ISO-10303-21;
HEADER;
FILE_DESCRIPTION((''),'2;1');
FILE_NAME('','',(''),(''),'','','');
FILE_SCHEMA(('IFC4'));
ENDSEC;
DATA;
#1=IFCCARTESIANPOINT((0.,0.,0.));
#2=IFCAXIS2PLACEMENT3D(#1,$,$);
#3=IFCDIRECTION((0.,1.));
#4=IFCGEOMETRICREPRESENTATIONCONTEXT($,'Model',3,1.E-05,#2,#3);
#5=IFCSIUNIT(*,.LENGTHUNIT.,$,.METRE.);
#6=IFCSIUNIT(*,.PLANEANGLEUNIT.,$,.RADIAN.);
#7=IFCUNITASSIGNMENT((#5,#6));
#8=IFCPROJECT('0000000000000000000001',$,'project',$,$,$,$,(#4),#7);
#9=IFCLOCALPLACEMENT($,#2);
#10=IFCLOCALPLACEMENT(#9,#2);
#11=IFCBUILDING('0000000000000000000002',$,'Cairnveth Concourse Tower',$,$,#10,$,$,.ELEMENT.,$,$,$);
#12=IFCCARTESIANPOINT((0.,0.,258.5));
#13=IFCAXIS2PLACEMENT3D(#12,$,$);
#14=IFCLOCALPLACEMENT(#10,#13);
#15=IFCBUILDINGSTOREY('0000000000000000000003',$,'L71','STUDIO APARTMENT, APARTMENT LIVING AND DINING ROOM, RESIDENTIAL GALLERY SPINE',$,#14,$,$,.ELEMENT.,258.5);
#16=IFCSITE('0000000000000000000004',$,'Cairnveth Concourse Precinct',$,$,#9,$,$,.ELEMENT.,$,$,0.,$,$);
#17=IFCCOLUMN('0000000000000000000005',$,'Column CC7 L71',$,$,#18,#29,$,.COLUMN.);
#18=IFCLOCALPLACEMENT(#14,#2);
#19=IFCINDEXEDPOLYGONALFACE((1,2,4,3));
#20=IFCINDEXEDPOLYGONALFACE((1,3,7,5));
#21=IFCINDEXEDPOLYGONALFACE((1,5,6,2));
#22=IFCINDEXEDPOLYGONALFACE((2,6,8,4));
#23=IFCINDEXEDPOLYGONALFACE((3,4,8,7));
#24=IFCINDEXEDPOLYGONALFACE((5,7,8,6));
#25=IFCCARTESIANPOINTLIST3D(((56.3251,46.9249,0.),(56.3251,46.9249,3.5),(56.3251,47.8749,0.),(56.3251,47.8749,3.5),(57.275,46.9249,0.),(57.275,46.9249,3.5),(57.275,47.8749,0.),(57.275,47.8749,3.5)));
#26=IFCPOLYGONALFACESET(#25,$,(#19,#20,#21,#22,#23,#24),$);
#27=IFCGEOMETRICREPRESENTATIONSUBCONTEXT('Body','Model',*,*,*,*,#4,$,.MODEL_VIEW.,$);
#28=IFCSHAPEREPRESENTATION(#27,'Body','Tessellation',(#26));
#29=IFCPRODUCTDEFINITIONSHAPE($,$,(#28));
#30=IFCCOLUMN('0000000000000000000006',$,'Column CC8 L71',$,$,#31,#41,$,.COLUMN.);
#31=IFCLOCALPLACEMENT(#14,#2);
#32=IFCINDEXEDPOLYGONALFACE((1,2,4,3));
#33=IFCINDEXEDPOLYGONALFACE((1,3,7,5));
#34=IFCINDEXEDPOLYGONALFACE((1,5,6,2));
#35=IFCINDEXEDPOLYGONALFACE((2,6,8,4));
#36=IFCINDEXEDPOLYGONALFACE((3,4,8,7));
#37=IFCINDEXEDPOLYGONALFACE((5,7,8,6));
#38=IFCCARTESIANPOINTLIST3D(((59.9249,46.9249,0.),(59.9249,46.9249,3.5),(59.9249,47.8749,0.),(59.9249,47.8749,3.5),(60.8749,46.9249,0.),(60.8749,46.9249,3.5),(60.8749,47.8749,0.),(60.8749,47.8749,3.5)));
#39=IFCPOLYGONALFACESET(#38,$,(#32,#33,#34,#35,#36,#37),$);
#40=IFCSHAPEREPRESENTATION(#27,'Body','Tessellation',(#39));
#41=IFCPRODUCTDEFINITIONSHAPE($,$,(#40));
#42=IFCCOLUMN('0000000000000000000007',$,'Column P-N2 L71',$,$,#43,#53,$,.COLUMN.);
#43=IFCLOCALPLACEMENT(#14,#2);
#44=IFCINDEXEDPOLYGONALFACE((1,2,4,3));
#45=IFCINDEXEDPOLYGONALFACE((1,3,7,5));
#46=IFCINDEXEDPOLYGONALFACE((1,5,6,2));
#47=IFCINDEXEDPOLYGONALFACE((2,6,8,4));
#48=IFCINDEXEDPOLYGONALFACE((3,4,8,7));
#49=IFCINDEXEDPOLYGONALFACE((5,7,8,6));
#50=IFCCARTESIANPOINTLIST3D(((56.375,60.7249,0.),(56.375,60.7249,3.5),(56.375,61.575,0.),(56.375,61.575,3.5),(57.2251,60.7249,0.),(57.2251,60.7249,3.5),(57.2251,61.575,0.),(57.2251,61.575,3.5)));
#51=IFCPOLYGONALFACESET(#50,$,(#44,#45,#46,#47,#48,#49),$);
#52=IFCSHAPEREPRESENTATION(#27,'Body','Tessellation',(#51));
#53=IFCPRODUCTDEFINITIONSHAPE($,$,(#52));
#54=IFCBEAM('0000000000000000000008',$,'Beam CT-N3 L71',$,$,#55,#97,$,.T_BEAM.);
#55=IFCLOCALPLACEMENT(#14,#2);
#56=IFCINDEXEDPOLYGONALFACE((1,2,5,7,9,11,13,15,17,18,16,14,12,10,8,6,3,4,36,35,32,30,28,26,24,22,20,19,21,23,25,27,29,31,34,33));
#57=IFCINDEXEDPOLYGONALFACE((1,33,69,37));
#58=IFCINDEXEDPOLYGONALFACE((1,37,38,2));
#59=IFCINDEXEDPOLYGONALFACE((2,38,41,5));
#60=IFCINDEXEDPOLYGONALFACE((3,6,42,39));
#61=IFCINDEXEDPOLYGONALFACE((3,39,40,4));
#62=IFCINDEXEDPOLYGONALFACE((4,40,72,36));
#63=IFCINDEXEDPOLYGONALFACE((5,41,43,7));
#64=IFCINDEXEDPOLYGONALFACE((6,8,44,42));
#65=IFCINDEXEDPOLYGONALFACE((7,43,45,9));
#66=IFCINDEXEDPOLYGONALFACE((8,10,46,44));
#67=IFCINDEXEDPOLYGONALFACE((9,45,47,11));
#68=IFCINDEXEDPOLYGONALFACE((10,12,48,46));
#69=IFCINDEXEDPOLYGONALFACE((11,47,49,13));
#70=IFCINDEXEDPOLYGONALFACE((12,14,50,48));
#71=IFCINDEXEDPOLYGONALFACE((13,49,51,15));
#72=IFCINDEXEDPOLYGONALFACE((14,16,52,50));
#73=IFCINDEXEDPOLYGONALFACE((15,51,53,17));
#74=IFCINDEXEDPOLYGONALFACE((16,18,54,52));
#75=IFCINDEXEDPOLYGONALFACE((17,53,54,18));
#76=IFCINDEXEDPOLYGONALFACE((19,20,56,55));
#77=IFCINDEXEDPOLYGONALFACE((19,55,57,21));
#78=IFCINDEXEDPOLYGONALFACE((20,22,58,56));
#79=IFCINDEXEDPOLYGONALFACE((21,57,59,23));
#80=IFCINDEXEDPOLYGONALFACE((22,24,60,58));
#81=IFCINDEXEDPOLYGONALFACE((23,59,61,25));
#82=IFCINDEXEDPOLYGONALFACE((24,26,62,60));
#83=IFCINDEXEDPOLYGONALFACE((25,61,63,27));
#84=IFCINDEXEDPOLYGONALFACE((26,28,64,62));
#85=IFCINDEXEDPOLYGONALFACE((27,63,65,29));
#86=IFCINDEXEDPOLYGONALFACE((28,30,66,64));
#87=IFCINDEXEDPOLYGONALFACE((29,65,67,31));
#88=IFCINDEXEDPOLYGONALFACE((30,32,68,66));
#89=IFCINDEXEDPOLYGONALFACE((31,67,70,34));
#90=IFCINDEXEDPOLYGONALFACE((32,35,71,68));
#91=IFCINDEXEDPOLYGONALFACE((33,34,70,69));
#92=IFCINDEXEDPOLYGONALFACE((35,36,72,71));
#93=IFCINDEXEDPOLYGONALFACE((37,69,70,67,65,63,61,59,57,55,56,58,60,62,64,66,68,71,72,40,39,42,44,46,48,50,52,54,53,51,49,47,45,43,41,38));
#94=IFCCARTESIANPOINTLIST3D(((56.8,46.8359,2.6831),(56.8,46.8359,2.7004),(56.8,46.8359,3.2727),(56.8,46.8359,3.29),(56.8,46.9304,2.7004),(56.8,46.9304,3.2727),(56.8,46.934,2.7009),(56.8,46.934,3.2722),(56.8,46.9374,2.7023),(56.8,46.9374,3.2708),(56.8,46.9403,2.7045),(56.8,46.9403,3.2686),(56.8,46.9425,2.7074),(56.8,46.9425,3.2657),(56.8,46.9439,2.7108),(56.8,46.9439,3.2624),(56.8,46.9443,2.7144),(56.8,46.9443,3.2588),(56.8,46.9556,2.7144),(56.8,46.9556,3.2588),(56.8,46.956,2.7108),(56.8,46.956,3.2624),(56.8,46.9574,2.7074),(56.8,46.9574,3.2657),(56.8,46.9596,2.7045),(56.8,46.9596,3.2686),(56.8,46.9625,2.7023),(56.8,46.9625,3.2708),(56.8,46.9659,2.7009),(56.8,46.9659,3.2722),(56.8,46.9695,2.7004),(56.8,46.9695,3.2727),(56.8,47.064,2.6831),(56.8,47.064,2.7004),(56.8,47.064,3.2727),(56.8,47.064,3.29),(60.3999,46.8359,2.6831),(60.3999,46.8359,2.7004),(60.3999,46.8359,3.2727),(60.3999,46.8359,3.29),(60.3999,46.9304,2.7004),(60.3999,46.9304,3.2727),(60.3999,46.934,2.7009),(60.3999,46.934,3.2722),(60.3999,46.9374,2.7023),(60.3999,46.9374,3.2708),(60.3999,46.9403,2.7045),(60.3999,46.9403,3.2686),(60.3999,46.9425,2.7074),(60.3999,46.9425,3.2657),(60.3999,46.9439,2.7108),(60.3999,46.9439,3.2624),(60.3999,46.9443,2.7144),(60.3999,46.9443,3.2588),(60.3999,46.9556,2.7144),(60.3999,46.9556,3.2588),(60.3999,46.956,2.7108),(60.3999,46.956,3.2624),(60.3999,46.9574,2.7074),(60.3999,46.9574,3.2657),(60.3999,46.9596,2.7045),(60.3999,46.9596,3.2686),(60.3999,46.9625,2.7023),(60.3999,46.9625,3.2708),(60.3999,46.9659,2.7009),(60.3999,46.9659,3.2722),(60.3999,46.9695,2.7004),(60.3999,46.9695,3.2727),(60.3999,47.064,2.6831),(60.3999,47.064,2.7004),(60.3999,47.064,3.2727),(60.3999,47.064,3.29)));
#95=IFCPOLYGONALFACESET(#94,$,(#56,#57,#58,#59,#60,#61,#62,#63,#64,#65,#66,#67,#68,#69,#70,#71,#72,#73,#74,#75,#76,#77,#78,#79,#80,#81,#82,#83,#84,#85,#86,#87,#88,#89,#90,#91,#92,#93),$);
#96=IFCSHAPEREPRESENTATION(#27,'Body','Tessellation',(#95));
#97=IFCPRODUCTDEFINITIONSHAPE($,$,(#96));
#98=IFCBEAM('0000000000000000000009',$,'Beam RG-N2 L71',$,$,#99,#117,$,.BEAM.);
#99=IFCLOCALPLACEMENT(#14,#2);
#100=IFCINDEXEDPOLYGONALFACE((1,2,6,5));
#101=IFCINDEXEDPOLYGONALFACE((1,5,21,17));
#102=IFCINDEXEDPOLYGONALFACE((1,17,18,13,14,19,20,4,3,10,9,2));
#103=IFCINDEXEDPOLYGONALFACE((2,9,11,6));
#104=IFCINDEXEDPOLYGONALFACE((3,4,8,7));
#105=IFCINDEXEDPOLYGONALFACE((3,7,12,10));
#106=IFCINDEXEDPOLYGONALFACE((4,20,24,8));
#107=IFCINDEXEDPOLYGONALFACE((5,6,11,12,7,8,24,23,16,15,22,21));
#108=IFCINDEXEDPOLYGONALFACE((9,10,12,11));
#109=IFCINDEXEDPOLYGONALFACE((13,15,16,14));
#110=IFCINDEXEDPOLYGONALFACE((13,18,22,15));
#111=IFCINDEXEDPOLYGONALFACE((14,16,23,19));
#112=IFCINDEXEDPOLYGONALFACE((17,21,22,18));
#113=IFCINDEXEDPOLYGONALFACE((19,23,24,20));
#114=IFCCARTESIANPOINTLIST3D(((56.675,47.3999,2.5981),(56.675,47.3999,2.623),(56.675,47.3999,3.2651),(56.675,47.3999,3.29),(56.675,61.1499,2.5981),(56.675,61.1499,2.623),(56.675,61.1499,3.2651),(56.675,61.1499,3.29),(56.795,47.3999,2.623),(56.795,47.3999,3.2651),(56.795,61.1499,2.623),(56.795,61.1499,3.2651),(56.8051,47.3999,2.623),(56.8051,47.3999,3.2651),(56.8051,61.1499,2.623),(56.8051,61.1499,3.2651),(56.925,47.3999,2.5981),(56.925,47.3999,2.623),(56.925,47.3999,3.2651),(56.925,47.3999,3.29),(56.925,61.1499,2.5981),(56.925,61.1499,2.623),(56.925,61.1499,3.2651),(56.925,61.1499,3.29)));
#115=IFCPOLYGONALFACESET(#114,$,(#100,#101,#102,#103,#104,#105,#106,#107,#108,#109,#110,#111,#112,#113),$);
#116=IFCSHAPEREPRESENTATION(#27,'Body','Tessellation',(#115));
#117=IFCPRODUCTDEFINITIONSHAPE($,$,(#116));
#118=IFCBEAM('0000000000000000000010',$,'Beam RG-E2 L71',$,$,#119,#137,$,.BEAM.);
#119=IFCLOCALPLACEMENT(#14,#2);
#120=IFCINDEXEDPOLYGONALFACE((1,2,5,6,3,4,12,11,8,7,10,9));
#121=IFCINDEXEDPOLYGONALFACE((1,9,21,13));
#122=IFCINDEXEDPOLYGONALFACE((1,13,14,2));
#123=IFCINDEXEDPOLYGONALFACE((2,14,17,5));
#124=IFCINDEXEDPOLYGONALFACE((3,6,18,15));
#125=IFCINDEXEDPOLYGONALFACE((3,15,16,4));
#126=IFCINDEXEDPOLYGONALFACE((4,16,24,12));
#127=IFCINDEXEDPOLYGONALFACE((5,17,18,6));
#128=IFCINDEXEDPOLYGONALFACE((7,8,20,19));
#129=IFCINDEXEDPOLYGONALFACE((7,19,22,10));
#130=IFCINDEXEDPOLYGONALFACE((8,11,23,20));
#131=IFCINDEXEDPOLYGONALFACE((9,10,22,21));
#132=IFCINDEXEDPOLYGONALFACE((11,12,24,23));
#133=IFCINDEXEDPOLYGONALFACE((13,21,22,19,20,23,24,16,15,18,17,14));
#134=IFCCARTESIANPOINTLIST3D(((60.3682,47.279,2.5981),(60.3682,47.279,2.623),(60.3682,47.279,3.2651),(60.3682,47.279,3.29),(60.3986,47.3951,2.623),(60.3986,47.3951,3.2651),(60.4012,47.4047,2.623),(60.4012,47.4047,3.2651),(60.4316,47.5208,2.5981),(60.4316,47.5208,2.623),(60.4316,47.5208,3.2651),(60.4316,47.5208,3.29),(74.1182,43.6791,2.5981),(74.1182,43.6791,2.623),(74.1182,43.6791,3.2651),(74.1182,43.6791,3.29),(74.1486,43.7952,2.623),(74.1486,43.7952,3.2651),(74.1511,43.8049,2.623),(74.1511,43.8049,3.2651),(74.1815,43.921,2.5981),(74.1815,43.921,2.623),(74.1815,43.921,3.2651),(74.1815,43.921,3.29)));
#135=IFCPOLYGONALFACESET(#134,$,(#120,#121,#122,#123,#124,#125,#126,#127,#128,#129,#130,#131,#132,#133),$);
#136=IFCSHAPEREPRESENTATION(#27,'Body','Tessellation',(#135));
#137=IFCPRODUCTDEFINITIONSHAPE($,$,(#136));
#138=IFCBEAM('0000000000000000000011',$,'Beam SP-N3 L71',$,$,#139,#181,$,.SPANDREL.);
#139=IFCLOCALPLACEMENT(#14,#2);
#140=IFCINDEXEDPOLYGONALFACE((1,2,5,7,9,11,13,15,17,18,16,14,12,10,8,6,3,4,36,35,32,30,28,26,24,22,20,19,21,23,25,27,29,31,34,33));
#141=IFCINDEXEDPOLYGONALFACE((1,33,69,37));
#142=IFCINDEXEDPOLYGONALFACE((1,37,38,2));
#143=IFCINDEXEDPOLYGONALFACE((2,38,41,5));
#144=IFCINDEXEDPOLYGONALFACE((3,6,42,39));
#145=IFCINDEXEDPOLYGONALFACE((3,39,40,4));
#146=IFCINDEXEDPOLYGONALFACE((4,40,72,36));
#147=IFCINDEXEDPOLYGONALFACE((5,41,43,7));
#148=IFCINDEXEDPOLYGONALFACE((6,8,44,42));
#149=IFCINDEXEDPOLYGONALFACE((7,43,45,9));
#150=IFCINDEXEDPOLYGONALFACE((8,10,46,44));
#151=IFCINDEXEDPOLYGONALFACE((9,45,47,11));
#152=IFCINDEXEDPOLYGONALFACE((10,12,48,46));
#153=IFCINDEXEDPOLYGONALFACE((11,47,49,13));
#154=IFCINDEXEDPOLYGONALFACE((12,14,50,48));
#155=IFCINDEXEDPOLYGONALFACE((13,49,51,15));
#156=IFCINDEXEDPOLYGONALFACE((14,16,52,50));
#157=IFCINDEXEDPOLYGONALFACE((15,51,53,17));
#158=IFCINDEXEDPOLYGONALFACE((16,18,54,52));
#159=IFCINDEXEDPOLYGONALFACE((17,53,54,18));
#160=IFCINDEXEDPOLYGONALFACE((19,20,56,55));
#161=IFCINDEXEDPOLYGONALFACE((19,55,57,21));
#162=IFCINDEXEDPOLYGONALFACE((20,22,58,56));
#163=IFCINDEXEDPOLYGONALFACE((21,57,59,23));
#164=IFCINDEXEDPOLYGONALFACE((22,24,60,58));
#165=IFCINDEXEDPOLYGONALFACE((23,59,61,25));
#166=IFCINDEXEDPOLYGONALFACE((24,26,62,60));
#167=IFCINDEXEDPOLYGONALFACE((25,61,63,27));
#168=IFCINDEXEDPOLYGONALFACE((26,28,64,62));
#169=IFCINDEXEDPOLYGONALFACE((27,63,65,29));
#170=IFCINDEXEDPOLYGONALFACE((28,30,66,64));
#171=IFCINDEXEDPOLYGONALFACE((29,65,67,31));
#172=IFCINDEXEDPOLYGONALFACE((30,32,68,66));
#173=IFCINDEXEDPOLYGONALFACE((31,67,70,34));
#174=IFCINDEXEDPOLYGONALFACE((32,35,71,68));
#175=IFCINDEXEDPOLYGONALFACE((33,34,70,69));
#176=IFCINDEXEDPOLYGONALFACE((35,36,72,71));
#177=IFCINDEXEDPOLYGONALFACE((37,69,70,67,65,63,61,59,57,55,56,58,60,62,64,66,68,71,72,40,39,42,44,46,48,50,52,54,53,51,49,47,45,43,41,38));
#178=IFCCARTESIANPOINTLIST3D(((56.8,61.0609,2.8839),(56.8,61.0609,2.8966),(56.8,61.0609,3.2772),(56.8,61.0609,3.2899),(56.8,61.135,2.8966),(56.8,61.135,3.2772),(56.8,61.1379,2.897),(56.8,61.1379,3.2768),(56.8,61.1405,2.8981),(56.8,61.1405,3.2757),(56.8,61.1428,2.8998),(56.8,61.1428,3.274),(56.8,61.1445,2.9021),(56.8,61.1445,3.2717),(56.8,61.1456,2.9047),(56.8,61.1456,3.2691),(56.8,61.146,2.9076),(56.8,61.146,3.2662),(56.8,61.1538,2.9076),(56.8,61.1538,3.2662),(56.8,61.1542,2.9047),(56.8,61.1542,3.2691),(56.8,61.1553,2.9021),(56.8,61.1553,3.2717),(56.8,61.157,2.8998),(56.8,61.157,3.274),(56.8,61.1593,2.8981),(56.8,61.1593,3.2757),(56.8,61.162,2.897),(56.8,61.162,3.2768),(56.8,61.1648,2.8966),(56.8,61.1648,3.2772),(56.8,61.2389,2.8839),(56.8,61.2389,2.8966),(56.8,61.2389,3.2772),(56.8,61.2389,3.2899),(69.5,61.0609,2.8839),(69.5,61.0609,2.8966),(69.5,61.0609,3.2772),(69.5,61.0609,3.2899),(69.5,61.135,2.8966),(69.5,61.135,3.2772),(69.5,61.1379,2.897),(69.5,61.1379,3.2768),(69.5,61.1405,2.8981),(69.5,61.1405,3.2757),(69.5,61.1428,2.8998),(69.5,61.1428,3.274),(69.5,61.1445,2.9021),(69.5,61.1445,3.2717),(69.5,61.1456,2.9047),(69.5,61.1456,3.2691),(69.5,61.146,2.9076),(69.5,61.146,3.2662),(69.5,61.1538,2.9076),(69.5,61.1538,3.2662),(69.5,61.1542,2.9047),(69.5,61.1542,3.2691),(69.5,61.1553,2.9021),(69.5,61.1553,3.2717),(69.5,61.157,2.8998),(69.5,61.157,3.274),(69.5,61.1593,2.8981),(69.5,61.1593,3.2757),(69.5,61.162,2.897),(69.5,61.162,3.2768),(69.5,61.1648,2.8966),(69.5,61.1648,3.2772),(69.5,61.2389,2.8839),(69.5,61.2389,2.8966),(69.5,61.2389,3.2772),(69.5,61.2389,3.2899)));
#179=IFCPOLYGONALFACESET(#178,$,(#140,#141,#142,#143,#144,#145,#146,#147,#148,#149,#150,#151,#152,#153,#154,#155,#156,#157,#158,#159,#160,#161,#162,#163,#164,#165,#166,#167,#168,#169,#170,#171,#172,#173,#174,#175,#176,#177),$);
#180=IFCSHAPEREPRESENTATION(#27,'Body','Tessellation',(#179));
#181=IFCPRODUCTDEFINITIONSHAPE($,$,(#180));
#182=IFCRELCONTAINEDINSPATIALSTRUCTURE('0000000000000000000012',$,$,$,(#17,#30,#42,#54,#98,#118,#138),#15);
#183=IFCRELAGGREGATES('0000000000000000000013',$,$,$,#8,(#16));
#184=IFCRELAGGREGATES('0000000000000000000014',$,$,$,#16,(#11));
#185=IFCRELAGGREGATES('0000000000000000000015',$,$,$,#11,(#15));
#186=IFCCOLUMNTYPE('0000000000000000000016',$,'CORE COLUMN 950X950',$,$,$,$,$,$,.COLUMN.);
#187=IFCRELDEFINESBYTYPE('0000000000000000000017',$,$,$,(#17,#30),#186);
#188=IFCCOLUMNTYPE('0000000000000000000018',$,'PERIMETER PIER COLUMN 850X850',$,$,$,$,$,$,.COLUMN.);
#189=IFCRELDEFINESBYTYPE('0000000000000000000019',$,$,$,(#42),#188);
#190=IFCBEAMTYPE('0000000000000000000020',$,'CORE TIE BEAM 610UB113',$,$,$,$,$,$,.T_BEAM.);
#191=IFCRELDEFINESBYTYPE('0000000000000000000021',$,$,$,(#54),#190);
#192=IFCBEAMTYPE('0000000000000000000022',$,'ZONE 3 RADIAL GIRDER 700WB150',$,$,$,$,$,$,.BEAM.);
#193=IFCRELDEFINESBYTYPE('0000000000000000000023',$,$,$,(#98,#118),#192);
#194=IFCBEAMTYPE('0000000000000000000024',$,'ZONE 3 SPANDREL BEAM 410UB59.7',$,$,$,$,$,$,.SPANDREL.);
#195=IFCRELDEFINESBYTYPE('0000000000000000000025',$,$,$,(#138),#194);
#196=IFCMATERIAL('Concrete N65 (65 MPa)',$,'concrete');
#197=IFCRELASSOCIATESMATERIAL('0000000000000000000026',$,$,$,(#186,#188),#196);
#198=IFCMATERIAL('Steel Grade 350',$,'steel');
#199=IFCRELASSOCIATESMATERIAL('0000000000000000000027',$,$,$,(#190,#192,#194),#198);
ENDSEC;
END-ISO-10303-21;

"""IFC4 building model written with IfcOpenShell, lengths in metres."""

from ifc_helpers import new_model, si_unit, direction, frame, origin, origin_2d, place, context, subcontext, project, spatial, rectangle, i_section, extrude, material, material_profile, profile_set, type_object, element, save


model = new_model("IFC4")

# Units and contexts
model_context = context("Model", 3, precision=1e-05, world=origin(), true_north=direction((0.0, 1.0)))
body_context = subcontext(model_context, "Body", "Model", "MODEL_VIEW")
ifc_project = project(units=[si_unit("LENGTHUNIT", "METRE"), si_unit("PLANEANGLEUNIT", "RADIAN")], contexts=[model_context])

# Site, building, storey
site_placement = place(None, origin())
site = spatial("IfcSite", under=ifc_project, at=site_placement, Name="Cairnveth Concourse Precinct", CompositionType="ELEMENT", RefElevation=0.0)
building_placement = place(site_placement, origin())
building = spatial("IfcBuilding", under=site, at=building_placement, Name="Cairnveth Concourse Tower", CompositionType="ELEMENT")
storey_placement = place(building_placement, frame((0.0, 0.0, 258.5)))
storey = spatial("IfcBuildingStorey", under=building, at=storey_placement, Name="L71", Description="STUDIO APARTMENT, APARTMENT LIVING AND DINING ROOM, RESIDENTIAL GALLERY SPINE", CompositionType="ELEMENT", Elevation=258.5)

# Columns
ifc_material_1 = material(Name="Concrete N65 (65 MPa)", Category="concrete")
ifc_material_profile_1 = material_profile(ifc_material_1, rectangle(XDim=0.95, YDim=0.95, at=origin_2d()), Name="RC-COL-950x950")
ifc_profile_set_1 = profile_set([ifc_material_profile_1], Name="Concrete N65 (65 MPa)")
column_type_1 = type_object("IfcColumnType", Name="CORE COLUMN 950X950", PredefinedType="COLUMN", material=ifc_profile_set_1)
for number, where, z_axis, x_axis, name in (
    (1, (56.8, 47.3999, 0.0), (0.0, 0.0, 1.0), (1.0, 0.0, 0.0), "Column CC7 L71"),
    (2, (60.3999, 47.3999, 0.0), (0.0, 0.0, 1.0), (1.0, 0.0, 0.0), "Column CC8 L71"),
):
    element("IfcColumn", number, at=place(storey_placement, frame(where, z_axis=z_axis, x_axis=x_axis)), inside=storey, type_object=column_type_1, Name=name, PredefinedType="COLUMN", context=body_context, shape_type="SweptSolid", body=[
        extrude(rectangle(XDim=0.95, YDim=0.95, at=origin_2d()), origin(), (0.0, 0.0, 1.0), 3.5),
    ])
ifc_material_profile_2 = material_profile(ifc_material_1, rectangle(XDim=0.8501, YDim=0.8501, at=origin_2d()), Name="RC-COL-850x850")
ifc_profile_set_2 = profile_set([ifc_material_profile_2], Name="Concrete N65 (65 MPa)")
column_type_2 = type_object("IfcColumnType", Name="PERIMETER PIER COLUMN 850X850", PredefinedType="COLUMN", material=ifc_profile_set_2)
column_placement = place(storey_placement, frame((56.8, 61.1499, 0.0), z_axis=(0.0, 0.0, 1.0), x_axis=(1.0, 0.0, 0.0)))
element("IfcColumn", 3, at=column_placement, inside=storey, type_object=column_type_2, Name="Column P-N2 L71", PredefinedType="COLUMN", context=body_context, shape_type="SweptSolid", body=[
    extrude(rectangle(XDim=0.8501, YDim=0.8501, at=origin_2d()), origin(), (0.0, 0.0, 1.0), 3.5),
])

# Beams
ifc_material_2 = material(Name="Steel Grade 350", Category="steel")
ifc_material_profile_3 = material_profile(ifc_material_2, i_section(OverallWidth=0.228, OverallDepth=0.6069, WebThickness=0.0112, FlangeThickness=0.0173, FilletRadius=0.0139, at=origin_2d()), Name="610UB113")
ifc_profile_set_3 = profile_set([ifc_material_profile_3], Name="Steel Grade 350")
beam_type_1 = type_object("IfcBeamType", Name="CORE TIE BEAM 610UB113", PredefinedType="T_BEAM", material=ifc_profile_set_3)
beam_1_placement = place(storey_placement, frame((56.8, 46.95, 2.9866), z_axis=(1.0, 0.0, 0.0), x_axis=(0.0, 1.0, 0.0)))
element("IfcBeam", 4, at=beam_1_placement, inside=storey, type_object=beam_type_1, Name="Beam CT-N3 L71", PredefinedType="T_BEAM", context=body_context, shape_type="SweptSolid", body=[
    extrude(i_section(OverallWidth=0.228, OverallDepth=0.6069, WebThickness=0.0112, FlangeThickness=0.0173, FilletRadius=0.0139, at=origin_2d()), origin(), (0.0, 0.0, 1.0), 3.5999),
])
ifc_material_profile_4 = material_profile(ifc_material_2, i_section(OverallWidth=0.25, OverallDepth=0.6919, WebThickness=0.01, FlangeThickness=0.0249, at=origin_2d()), Name="700WB150")
ifc_profile_set_4 = profile_set([ifc_material_profile_4], Name="Steel Grade 350")
beam_type_2 = type_object("IfcBeamType", Name="ZONE 3 RADIAL GIRDER 700WB150", PredefinedType="BEAM", material=ifc_profile_set_4)
beam_2_placement = place(storey_placement, frame((56.8, 47.3999, 2.9441), z_axis=(0.0, 1.0, 0.0), x_axis=(-1.0, 0.0, 0.0)))
element("IfcBeam", 5, at=beam_2_placement, inside=storey, type_object=beam_type_2, Name="Beam RG-N2 L71", PredefinedType="BEAM", context=body_context, shape_type="SweptSolid", body=[
    extrude(i_section(OverallWidth=0.25, OverallDepth=0.6919, WebThickness=0.01, FlangeThickness=0.0249, at=origin_2d()), origin(), (0.0, 0.0, 1.0), 13.75),
])
beam_3_placement = place(storey_placement, frame((60.3999, 47.3999, 2.9441), z_axis=(0.967395, -0.253271, 0.0), x_axis=(0.253271, 0.967395, 0.0)))
element("IfcBeam", 6, at=beam_3_placement, inside=storey, type_object=beam_type_2, Name="Beam RG-E2 L71", PredefinedType="BEAM", context=body_context, shape_type="SweptSolid", body=[
    extrude(i_section(OverallWidth=0.25, OverallDepth=0.6919, WebThickness=0.01, FlangeThickness=0.0249, at=origin_2d()), origin(), (0.0, 0.0, 1.0), 14.2134),
])
ifc_material_profile_5 = material_profile(ifc_material_2, i_section(OverallWidth=0.178, OverallDepth=0.406, WebThickness=0.0078, FlangeThickness=0.0127, FilletRadius=0.011, at=origin_2d()), Name="410UB59.7")
ifc_profile_set_5 = profile_set([ifc_material_profile_5], Name="Steel Grade 350")
beam_type_3 = type_object("IfcBeamType", Name="ZONE 3 SPANDREL BEAM 410UB59.7", PredefinedType="SPANDREL", material=ifc_profile_set_5)
beam_4_placement = place(storey_placement, frame((56.8, 61.1499, 3.0869), z_axis=(1.0, 0.0, 0.0), x_axis=(0.0, 1.0, 0.0)))
element("IfcBeam", 7, at=beam_4_placement, inside=storey, type_object=beam_type_3, Name="Beam SP-N3 L71", PredefinedType="SPANDREL", context=body_context, shape_type="SweptSolid", body=[
    extrude(i_section(OverallWidth=0.178, OverallDepth=0.406, WebThickness=0.0078, FlangeThickness=0.0127, FilletRadius=0.011, at=origin_2d()), origin(), (0.0, 0.0, 1.0), 12.7),
])

save(model, "model.ifc")
